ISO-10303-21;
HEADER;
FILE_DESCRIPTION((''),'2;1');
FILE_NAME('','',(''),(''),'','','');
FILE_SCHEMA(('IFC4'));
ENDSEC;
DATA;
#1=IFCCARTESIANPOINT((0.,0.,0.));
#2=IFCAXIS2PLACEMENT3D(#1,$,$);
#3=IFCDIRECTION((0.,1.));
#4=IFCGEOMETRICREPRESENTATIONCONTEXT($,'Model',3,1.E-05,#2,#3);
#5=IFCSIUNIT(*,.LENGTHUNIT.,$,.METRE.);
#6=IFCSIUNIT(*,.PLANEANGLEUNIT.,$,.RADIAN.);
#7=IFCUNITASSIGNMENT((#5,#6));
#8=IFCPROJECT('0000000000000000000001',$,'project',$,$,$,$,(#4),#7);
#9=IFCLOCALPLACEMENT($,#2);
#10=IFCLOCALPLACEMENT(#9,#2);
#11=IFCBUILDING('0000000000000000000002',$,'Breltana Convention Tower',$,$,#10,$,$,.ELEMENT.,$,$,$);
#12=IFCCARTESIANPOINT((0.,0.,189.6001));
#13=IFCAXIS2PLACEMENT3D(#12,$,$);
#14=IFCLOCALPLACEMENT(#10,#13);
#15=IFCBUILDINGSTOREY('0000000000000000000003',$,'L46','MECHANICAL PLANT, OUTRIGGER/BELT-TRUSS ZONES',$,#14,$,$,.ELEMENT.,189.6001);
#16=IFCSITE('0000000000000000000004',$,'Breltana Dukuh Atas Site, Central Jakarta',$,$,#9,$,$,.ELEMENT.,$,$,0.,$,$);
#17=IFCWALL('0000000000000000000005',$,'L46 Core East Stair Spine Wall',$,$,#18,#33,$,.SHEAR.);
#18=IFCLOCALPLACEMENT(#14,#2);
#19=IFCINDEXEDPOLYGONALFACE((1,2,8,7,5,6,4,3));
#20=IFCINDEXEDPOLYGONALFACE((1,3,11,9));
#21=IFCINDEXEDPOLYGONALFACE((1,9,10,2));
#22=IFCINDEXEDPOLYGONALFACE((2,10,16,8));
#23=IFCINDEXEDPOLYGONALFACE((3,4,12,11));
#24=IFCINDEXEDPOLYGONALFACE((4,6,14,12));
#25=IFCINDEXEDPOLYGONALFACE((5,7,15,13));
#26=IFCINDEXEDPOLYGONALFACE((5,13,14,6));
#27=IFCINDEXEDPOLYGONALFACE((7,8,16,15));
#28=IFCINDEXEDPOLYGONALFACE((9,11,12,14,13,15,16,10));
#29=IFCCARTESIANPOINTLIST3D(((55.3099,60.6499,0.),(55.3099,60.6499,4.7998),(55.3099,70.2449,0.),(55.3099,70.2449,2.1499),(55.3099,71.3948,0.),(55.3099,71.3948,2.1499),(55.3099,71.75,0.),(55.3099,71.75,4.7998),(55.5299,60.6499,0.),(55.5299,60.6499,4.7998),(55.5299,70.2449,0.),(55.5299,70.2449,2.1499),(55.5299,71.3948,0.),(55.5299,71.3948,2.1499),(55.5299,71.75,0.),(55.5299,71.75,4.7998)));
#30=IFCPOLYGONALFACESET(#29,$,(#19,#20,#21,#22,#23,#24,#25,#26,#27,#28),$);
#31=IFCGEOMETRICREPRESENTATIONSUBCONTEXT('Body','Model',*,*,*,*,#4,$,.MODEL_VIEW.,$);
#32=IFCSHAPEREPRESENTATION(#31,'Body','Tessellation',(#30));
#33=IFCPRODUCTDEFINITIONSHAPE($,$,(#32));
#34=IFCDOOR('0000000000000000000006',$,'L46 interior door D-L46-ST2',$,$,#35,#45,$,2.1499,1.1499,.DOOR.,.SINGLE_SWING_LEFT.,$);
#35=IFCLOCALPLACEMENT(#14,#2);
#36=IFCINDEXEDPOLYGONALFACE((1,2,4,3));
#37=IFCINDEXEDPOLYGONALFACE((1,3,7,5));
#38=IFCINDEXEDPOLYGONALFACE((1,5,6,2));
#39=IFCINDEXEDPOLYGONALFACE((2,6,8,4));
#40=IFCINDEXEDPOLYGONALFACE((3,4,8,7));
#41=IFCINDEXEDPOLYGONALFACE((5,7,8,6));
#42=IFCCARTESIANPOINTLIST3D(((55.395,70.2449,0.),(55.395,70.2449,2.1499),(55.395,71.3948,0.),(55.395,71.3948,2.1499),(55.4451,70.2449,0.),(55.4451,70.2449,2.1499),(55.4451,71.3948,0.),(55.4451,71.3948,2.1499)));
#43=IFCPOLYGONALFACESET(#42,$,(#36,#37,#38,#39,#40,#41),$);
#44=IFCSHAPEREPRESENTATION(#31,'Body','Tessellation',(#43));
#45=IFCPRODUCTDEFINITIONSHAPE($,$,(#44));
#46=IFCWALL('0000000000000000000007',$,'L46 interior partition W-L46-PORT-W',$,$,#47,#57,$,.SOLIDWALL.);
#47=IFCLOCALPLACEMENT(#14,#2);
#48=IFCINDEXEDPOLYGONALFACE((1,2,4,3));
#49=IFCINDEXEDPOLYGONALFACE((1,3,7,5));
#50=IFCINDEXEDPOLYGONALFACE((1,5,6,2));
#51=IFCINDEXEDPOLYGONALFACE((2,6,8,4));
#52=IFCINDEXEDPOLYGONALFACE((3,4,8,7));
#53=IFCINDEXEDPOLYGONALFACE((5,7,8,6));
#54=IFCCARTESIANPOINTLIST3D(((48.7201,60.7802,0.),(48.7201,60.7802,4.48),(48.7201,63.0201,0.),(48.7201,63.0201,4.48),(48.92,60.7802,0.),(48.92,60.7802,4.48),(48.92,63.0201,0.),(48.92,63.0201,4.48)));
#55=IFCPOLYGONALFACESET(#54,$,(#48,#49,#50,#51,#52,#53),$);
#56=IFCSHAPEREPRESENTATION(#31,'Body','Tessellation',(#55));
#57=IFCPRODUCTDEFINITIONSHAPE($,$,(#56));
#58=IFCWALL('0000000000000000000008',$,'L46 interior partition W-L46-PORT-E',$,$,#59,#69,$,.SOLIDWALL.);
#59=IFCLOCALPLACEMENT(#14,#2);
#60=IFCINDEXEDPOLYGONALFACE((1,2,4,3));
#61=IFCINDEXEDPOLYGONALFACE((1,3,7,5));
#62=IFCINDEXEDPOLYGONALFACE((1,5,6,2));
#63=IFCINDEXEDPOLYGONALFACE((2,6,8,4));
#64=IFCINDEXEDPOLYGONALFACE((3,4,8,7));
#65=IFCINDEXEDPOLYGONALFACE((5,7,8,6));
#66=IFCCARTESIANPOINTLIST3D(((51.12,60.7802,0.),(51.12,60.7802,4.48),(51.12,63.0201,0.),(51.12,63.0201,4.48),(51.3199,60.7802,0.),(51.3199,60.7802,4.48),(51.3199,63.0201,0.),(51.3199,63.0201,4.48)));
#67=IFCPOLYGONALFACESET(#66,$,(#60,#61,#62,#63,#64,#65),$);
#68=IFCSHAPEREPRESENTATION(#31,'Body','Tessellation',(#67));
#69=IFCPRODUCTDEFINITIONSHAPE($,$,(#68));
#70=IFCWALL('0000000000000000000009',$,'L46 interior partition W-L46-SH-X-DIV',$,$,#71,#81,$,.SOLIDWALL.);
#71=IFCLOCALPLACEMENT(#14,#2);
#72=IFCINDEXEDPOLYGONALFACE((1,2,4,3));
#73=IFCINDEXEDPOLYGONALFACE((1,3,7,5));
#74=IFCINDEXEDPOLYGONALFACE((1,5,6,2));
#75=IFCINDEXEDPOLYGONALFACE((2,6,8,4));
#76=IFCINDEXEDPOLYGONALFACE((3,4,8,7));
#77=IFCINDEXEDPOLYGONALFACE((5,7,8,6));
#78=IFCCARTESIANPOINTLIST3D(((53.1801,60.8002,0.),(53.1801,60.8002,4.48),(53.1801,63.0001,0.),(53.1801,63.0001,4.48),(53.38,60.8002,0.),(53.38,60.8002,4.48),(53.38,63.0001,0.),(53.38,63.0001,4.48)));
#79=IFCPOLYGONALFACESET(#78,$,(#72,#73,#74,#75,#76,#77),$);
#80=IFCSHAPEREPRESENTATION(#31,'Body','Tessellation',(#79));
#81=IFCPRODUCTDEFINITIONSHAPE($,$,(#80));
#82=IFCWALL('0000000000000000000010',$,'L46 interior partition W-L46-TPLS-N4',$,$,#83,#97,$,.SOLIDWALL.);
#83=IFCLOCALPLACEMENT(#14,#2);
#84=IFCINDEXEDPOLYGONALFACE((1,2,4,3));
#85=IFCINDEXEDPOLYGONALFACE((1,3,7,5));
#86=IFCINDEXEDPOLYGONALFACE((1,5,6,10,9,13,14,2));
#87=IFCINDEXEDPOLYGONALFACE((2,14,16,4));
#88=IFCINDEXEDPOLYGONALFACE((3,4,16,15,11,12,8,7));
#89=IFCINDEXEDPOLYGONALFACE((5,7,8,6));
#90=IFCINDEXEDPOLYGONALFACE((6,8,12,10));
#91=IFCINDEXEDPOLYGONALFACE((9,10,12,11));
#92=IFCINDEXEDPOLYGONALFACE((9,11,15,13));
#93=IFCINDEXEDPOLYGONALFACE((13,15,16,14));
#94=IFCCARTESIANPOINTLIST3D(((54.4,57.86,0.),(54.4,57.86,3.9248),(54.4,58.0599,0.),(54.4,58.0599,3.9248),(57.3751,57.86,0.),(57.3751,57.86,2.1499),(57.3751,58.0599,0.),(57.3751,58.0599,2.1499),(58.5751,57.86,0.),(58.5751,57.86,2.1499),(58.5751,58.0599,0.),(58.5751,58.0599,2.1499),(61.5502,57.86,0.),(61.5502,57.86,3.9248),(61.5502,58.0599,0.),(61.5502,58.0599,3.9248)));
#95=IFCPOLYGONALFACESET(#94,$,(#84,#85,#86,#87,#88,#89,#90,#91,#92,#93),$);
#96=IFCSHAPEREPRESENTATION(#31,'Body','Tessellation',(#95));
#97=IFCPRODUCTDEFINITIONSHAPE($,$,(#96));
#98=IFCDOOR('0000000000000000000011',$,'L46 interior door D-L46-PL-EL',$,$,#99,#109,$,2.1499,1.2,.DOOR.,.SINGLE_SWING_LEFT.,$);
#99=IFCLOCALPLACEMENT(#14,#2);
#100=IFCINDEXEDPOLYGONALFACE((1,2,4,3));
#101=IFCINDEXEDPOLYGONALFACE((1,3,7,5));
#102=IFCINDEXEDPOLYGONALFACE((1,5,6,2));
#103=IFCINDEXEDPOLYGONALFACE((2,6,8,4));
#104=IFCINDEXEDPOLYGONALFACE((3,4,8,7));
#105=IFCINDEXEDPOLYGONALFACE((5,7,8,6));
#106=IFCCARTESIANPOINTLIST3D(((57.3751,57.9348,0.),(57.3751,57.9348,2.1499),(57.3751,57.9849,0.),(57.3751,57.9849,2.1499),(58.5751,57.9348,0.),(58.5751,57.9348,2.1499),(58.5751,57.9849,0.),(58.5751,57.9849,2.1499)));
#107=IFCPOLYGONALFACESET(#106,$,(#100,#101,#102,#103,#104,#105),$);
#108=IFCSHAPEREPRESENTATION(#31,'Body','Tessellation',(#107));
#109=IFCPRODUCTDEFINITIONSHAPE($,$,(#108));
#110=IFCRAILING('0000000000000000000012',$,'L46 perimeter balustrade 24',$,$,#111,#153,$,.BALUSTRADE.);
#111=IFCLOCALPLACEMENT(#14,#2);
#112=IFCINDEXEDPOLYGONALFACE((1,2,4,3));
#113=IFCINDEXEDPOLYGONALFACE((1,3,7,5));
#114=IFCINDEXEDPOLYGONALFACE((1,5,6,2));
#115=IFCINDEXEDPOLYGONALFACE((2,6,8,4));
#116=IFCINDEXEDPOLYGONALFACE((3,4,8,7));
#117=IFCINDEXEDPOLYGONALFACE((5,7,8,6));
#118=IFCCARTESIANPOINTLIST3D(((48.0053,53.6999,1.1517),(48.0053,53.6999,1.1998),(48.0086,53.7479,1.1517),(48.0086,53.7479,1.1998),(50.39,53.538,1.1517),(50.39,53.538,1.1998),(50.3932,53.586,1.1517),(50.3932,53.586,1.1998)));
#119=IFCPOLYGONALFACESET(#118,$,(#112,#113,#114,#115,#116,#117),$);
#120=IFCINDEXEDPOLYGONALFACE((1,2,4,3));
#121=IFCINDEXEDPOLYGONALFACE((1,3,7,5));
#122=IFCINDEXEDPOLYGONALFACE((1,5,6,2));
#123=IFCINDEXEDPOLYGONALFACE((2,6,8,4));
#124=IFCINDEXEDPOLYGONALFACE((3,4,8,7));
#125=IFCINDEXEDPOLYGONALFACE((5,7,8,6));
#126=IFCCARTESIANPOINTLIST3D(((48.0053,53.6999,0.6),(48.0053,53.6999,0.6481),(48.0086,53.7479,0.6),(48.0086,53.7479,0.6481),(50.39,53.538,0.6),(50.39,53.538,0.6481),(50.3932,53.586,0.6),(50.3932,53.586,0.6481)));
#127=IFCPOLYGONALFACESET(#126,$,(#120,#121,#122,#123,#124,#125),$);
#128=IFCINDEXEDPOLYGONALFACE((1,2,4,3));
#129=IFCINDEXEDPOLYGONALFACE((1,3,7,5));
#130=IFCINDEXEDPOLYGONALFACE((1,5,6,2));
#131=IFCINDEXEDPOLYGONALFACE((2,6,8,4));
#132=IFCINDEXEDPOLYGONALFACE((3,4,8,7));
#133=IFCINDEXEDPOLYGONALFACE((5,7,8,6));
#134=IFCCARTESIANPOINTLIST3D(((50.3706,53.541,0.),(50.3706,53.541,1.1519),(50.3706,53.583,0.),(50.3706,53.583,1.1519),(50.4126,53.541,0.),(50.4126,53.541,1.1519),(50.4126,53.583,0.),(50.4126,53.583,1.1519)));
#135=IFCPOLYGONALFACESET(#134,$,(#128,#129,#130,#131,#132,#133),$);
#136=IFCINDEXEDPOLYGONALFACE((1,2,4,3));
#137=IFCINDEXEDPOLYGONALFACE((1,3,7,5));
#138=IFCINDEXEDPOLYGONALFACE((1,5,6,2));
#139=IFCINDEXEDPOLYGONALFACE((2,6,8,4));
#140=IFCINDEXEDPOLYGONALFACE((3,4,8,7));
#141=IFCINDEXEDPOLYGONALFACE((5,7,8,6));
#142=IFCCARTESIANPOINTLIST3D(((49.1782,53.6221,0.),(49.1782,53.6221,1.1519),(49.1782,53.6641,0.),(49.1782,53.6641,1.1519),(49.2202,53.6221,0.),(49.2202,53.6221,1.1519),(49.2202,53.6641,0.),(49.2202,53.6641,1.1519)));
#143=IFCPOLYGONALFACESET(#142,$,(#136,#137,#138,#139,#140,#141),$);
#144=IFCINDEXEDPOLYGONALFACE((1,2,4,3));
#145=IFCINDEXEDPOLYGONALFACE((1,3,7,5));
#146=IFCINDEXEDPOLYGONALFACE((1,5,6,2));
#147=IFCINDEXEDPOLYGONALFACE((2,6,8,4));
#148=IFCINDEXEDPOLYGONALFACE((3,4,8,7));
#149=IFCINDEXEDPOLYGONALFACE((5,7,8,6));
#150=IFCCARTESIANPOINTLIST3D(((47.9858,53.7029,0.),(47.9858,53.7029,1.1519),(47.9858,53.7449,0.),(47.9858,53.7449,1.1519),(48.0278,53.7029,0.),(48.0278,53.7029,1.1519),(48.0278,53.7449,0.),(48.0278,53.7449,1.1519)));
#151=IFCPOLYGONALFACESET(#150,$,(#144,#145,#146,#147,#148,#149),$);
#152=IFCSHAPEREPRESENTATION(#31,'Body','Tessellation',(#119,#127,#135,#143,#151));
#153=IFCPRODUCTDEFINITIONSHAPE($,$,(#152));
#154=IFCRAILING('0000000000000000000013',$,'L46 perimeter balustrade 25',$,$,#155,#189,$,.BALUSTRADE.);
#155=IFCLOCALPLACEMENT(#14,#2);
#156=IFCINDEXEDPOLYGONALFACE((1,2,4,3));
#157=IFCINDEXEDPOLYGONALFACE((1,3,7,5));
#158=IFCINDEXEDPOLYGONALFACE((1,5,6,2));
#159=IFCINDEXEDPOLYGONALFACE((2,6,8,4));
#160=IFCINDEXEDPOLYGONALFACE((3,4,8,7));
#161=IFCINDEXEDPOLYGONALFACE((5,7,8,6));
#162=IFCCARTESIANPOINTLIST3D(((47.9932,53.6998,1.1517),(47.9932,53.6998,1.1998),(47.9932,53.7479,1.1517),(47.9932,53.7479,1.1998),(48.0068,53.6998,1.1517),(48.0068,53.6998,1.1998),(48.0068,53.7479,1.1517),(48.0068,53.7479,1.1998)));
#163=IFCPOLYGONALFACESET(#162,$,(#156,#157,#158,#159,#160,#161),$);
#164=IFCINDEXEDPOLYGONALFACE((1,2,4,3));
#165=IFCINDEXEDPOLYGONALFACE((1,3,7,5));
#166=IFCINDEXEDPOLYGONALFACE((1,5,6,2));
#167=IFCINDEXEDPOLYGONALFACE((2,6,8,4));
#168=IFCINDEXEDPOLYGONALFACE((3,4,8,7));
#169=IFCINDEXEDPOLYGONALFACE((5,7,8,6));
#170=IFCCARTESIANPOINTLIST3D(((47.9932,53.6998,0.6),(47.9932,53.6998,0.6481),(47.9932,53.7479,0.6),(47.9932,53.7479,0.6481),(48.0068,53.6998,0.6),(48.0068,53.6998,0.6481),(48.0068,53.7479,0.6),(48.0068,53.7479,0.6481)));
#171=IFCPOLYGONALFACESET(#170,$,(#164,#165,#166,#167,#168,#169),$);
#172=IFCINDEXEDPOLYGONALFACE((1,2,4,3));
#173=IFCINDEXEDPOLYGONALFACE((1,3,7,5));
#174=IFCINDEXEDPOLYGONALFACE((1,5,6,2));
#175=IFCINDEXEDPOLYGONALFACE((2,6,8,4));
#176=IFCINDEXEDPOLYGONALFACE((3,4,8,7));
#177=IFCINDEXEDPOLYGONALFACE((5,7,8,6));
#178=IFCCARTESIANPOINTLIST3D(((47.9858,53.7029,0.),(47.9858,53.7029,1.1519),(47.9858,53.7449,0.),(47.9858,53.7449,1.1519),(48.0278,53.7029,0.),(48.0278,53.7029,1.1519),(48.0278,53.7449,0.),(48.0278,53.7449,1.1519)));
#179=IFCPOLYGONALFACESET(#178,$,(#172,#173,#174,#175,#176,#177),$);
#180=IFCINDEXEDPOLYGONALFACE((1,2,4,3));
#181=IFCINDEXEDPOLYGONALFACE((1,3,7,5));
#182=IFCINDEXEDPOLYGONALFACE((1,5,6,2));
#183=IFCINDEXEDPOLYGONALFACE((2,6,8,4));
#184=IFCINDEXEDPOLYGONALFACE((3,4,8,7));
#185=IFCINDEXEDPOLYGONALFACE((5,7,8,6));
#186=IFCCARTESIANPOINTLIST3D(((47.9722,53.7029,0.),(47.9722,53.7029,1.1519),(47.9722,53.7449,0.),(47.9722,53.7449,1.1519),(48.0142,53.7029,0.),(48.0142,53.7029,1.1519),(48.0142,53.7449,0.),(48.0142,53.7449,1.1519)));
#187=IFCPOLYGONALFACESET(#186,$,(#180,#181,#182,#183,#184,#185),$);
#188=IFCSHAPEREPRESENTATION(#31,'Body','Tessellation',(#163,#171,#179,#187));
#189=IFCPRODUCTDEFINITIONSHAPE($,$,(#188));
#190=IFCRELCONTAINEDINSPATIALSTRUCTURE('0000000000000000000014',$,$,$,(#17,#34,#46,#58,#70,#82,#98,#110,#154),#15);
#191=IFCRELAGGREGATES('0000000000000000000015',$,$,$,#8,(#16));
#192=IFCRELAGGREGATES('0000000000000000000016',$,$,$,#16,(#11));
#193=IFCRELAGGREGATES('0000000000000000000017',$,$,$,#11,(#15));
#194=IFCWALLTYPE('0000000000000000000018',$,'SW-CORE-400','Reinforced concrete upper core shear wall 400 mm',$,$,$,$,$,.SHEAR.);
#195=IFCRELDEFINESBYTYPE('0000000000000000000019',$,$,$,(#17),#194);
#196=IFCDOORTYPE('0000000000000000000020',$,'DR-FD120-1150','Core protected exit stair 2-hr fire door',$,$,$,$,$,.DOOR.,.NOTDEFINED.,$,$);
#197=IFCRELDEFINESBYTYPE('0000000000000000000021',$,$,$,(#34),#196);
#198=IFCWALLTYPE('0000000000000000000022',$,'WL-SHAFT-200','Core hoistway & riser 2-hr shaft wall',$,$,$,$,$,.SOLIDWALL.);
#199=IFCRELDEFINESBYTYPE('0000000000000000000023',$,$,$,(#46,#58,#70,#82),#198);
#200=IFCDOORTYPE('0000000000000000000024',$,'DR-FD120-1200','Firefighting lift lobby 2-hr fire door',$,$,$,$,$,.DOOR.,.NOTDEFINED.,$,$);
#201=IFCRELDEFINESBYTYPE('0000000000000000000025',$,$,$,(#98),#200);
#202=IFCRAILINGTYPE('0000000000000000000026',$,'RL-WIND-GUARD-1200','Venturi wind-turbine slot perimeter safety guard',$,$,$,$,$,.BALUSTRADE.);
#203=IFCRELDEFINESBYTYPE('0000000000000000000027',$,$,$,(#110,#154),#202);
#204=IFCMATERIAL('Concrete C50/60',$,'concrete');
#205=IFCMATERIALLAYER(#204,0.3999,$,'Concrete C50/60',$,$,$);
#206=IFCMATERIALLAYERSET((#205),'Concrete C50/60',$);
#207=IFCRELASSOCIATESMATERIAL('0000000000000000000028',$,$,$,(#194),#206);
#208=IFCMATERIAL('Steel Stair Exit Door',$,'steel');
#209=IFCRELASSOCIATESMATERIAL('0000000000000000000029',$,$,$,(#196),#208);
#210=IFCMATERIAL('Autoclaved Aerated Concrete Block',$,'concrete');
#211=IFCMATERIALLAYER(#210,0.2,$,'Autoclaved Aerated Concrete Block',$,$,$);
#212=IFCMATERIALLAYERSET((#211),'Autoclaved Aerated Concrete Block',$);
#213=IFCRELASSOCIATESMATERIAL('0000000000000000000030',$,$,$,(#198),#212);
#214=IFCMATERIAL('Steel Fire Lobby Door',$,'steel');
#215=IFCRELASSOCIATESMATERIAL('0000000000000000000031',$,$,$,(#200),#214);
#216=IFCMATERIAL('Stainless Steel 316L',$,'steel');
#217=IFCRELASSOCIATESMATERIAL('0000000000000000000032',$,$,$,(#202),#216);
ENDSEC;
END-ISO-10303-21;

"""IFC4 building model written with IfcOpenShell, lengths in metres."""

from ifc_helpers import new_model, si_unit, direction, frame, frame_2d, origin, origin_2d, place, context, subcontext, project, spatial, rectangle, extrude, source, transform, mapped, material, layer, layer_set, type_object, type_shapes, element, fill, save


model = new_model("IFC4")

# Units and contexts
model_context = context("Model", 3, precision=1e-05, world=origin(), true_north=direction((0.0, 1.0)))
body_context = subcontext(model_context, "Body", "Model", "MODEL_VIEW")
ifc_project = project(units=[si_unit("LENGTHUNIT", "METRE"), si_unit("PLANEANGLEUNIT", "RADIAN")], contexts=[model_context])

# Site, building, storey
site_placement = place(None, origin())
site = spatial("IfcSite", under=ifc_project, at=site_placement, Name="Breltana Dukuh Atas Site, Central Jakarta", CompositionType="ELEMENT", RefElevation=0.0)
building_placement = place(site_placement, origin())
building = spatial("IfcBuilding", under=site, at=building_placement, Name="Breltana Convention Tower", CompositionType="ELEMENT")
storey_placement = place(building_placement, frame((0.0, 0.0, 189.6001)))
storey = spatial("IfcBuildingStorey", under=building, at=storey_placement, Name="L46", Description="MECHANICAL PLANT, OUTRIGGER/BELT-TRUSS ZONES", CompositionType="ELEMENT", Elevation=189.6001)

# Shared definitions
ifc_material_1 = material(Name="Concrete C50/60", Category="concrete")

# Shared definitions
ifc_layer_1 = layer(ifc_material_1, 0.3999, Name="Concrete C50/60")
ifc_layer_set_1 = layer_set([ifc_layer_1], Name="Concrete C50/60")
wall_type_1 = type_object("IfcWallType", Name="SW-CORE-400", Description="Reinforced concrete upper core shear wall 400 mm", PredefinedType="SHEAR", material=ifc_layer_set_1)

# Wall, opening, door
shared_shape_1 = source(origin(), body_context, "Body", "SweptSolid", [
    extrude(rectangle(XDim=11.1001, YDim=0.22, at=frame_2d((5.55, 0.0))), origin(), (0.0, 0.0, 1.0), 4.7998),
])
wall_1_placement = place(storey_placement, frame((55.4199, 60.6499, 0.0), z_axis=(0.0, 0.0, 1.0), x_axis=(0.0, 1.0, 0.0)))
wall_1 = element("IfcWall", 1, at=wall_1_placement, inside=storey, type_object=wall_type_1, Name="L46 Core East Stair Spine Wall", PredefinedType="SHEAR", context=body_context, shape_type="MappedRepresentation", body=[
    mapped(shared_shape_1, transform((0.0, 0.0, 0.0), scale=1.0)),
])
opening_1_placement = place(wall_1_placement, frame((9.595, 0.0, 0.0)))
opening_1 = element("IfcOpeningElement", 2, at=opening_1_placement, cuts=wall_1, PredefinedType="OPENING", context=body_context, shape_type="SweptSolid", body=[
    extrude(rectangle(XDim=1.1499, YDim=2.1499, at=frame_2d((0.575, 1.075))), frame((0.0, 0.1201, 0.0), z_axis=(0.0, -1.0, 0.0), x_axis=(1.0, 0.0, 0.0)), (0.0, 0.0, 1.0), 0.24),
])
ifc_material_2 = material(Name="Steel Stair Exit Door", Category="steel")
door_type_1 = type_object("IfcDoorType", Name="DR-FD120-1150", Description="Core protected exit stair 2-hr fire door", OperationType="NOTDEFINED", PredefinedType="DOOR", material=ifc_material_2)
shared_shape_2 = source(origin(), body_context, "Body", "SweptSolid", [
    extrude(rectangle(XDim=1.1499, YDim=2.1499, at=frame_2d((0.575, 1.075))), frame((0.0, 0.0249, 0.0), z_axis=(0.0, -1.0, 0.0), x_axis=(1.0, 0.0, 0.0)), (0.0, 0.0, 1.0), 0.05),
])
type_shapes(door_type_1, [shared_shape_2])
door_1_placement = place(opening_1_placement, origin())
door_1 = element("IfcDoor", 3, at=door_1_placement, inside=storey, type_object=door_type_1, Name="L46 interior door D-L46-ST2", OperationType="SINGLE_SWING_LEFT", OverallHeight=2.1499, OverallWidth=1.1499, PredefinedType="DOOR", context=body_context, shape_type="MappedRepresentation", body=[
    mapped(shared_shape_2, transform((0.0, 0.0, 0.0), scale=1.0)),
])
fill(opening_1, door_1)

# Walls
ifc_material_3 = material(Name="Autoclaved Aerated Concrete Block", Category="concrete")
ifc_layer_2 = layer(ifc_material_3, 0.2, Name="Autoclaved Aerated Concrete Block")
ifc_layer_set_2 = layer_set([ifc_layer_2], Name="Autoclaved Aerated Concrete Block")
wall_type_2 = type_object("IfcWallType", Name="WL-SHAFT-200", Description="Core hoistway & riser 2-hr shaft wall", PredefinedType="SOLIDWALL", material=ifc_layer_set_2)
shared_shape_3 = source(origin(), body_context, "Body", "SweptSolid", [
    extrude(rectangle(XDim=2.24, YDim=0.2, at=frame_2d((1.1201, 0.0))), origin(), (0.0, 0.0, 1.0), 4.48),
])
for number, where, z_axis, x_axis, name in (
    (4, (48.8201, 60.78, 0.0), (0.0, 0.0, 1.0), (0.0, 1.0, 0.0), "L46 interior partition W-L46-PORT-W"),
    (5, (51.22, 60.78, 0.0), (0.0, 0.0, 1.0), (0.0, 1.0, 0.0), "L46 interior partition W-L46-PORT-E"),
):
    element("IfcWall", number, at=place(storey_placement, frame(where, z_axis=z_axis, x_axis=x_axis)), inside=storey, type_object=wall_type_2, Name=name, PredefinedType="SOLIDWALL", context=body_context, shape_type="MappedRepresentation", body=[
        mapped(shared_shape_3, transform((0.0, 0.0, 0.0), scale=1.0)),
    ])
shared_shape_4 = source(origin(), body_context, "Body", "SweptSolid", [
    extrude(rectangle(XDim=2.2, YDim=0.2, at=frame_2d((1.1001, 0.0))), origin(), (0.0, 0.0, 1.0), 4.48),
])
wall_2_placement = place(storey_placement, frame((53.28, 60.8, 0.0), z_axis=(0.0, 0.0, 1.0), x_axis=(0.0, 1.0, 0.0)))
element("IfcWall", 6, at=wall_2_placement, inside=storey, type_object=wall_type_2, Name="L46 interior partition W-L46-SH-X-DIV", PredefinedType="SOLIDWALL", context=body_context, shape_type="MappedRepresentation", body=[
    mapped(shared_shape_4, transform((0.0, 0.0, 0.0), scale=1.0)),
])

# Wall, opening, door
shared_shape_5 = source(origin(), body_context, "Body", "SweptSolid", [
    extrude(rectangle(XDim=7.1501, YDim=0.2, at=frame_2d((3.5752, 0.0))), origin(), (0.0, 0.0, 1.0), 3.9248),
])
wall_3_placement = place(storey_placement, frame((54.3999, 57.96, 0.0), z_axis=(0.0, 0.0, 1.0), x_axis=(1.0, 0.0, 0.0)))
wall_3 = element("IfcWall", 7, at=wall_3_placement, inside=storey, type_object=wall_type_2, Name="L46 interior partition W-L46-TPLS-N4", PredefinedType="SOLIDWALL", context=body_context, shape_type="MappedRepresentation", body=[
    mapped(shared_shape_5, transform((0.0, 0.0, 0.0), scale=1.0)),
])
opening_2_placement = place(wall_3_placement, frame((2.9751, 0.0, 0.0)))
opening_2 = element("IfcOpeningElement", 8, at=opening_2_placement, cuts=wall_3, PredefinedType="OPENING", context=body_context, shape_type="SweptSolid", body=[
    extrude(rectangle(XDim=1.2, YDim=2.1499, at=frame_2d((0.6001, 1.075))), frame((0.0, 0.1099, 0.0), z_axis=(0.0, -1.0, 0.0), x_axis=(1.0, 0.0, 0.0)), (0.0, 0.0, 1.0), 0.22),
])
ifc_material_4 = material(Name="Steel Fire Lobby Door", Category="steel")
door_type_2 = type_object("IfcDoorType", Name="DR-FD120-1200", Description="Firefighting lift lobby 2-hr fire door", OperationType="NOTDEFINED", PredefinedType="DOOR", material=ifc_material_4)
shared_shape_6 = source(origin(), body_context, "Body", "SweptSolid", [
    extrude(rectangle(XDim=1.2, YDim=2.1499, at=frame_2d((0.6001, 1.075))), frame((0.0, 0.0249, 0.0), z_axis=(0.0, -1.0, 0.0), x_axis=(1.0, 0.0, 0.0)), (0.0, 0.0, 1.0), 0.05),
])
type_shapes(door_type_2, [shared_shape_6])
door_2_placement = place(opening_2_placement, origin())
door_2 = element("IfcDoor", 9, at=door_2_placement, inside=storey, type_object=door_type_2, Name="L46 interior door D-L46-PL-EL", OperationType="SINGLE_SWING_LEFT", OverallHeight=2.1499, OverallWidth=1.2, PredefinedType="DOOR", context=body_context, shape_type="MappedRepresentation", body=[
    mapped(shared_shape_6, transform((0.0, 0.0, 0.0), scale=1.0)),
])
fill(opening_2, door_2)

# Railings
ifc_material_5 = material(Name="Stainless Steel 316L", Category="steel")
railing_type = type_object("IfcRailingType", Name="RL-WIND-GUARD-1200", Description="Venturi wind-turbine slot perimeter safety guard", PredefinedType="BALUSTRADE", material=ifc_material_5)
railing_1_placement = place(storey_placement, frame((50.3916, 53.562, 0.0)))
element("IfcRailing", 10, at=railing_1_placement, inside=storey, type_object=railing_type, Name="L46 perimeter balustrade 24", PredefinedType="BALUSTRADE", context=body_context, shape_type="SweptSolid", body=[
    extrude(rectangle(XDim=0.0481, YDim=0.0481, at=origin_2d()), frame((0.0, 0.0, 1.1758), z_axis=(-0.997704, 0.067719, 0.0), x_axis=(-0.067719, -0.997704, 0.0)), (0.0, 0.0, 1.0), 2.3901),
    extrude(rectangle(XDim=0.0481, YDim=0.0481, at=origin_2d()), frame((0.0, 0.0, 0.624), z_axis=(-0.997704, 0.067719, 0.0), x_axis=(-0.067719, -0.997704, 0.0)), (0.0, 0.0, 1.0), 2.3901),
    extrude(rectangle(XDim=0.042, YDim=0.042, at=origin_2d()), origin(), (0.0, 0.0, 1.0), 1.1519),
    extrude(rectangle(XDim=0.042, YDim=0.042, at=origin_2d()), frame((-1.1924, 0.0811, 0.0)), (0.0, 0.0, 1.0), 1.1519),
    extrude(rectangle(XDim=0.042, YDim=0.042, at=origin_2d()), frame((-2.3848, 0.1619, 0.0)), (0.0, 0.0, 1.0), 1.1519),
])
railing_2_placement = place(storey_placement, frame((48.0068, 53.7239, 0.0)))
element("IfcRailing", 11, at=railing_2_placement, inside=storey, type_object=railing_type, Name="L46 perimeter balustrade 25", PredefinedType="BALUSTRADE", context=body_context, shape_type="SweptSolid", body=[
    extrude(rectangle(XDim=0.0481, YDim=0.0481, at=origin_2d()), frame((0.0, 0.0, 1.1758), z_axis=(-1.0, 0.0, 0.0), x_axis=(0.0, -1.0, 0.0)), (0.0, 0.0, 1.0), 0.0137),
    extrude(rectangle(XDim=0.0481, YDim=0.0481, at=origin_2d()), frame((0.0, 0.0, 0.624), z_axis=(-1.0, 0.0, 0.0), x_axis=(0.0, -1.0, 0.0)), (0.0, 0.0, 1.0), 0.0137),
    extrude(rectangle(XDim=0.042, YDim=0.042, at=origin_2d()), origin(), (0.0, 0.0, 1.0), 1.1519),
    extrude(rectangle(XDim=0.042, YDim=0.042, at=origin_2d()), frame((-0.0137, 0.0, 0.0)), (0.0, 0.0, 1.0), 1.1519),
])

save(model, "model.ifc")
